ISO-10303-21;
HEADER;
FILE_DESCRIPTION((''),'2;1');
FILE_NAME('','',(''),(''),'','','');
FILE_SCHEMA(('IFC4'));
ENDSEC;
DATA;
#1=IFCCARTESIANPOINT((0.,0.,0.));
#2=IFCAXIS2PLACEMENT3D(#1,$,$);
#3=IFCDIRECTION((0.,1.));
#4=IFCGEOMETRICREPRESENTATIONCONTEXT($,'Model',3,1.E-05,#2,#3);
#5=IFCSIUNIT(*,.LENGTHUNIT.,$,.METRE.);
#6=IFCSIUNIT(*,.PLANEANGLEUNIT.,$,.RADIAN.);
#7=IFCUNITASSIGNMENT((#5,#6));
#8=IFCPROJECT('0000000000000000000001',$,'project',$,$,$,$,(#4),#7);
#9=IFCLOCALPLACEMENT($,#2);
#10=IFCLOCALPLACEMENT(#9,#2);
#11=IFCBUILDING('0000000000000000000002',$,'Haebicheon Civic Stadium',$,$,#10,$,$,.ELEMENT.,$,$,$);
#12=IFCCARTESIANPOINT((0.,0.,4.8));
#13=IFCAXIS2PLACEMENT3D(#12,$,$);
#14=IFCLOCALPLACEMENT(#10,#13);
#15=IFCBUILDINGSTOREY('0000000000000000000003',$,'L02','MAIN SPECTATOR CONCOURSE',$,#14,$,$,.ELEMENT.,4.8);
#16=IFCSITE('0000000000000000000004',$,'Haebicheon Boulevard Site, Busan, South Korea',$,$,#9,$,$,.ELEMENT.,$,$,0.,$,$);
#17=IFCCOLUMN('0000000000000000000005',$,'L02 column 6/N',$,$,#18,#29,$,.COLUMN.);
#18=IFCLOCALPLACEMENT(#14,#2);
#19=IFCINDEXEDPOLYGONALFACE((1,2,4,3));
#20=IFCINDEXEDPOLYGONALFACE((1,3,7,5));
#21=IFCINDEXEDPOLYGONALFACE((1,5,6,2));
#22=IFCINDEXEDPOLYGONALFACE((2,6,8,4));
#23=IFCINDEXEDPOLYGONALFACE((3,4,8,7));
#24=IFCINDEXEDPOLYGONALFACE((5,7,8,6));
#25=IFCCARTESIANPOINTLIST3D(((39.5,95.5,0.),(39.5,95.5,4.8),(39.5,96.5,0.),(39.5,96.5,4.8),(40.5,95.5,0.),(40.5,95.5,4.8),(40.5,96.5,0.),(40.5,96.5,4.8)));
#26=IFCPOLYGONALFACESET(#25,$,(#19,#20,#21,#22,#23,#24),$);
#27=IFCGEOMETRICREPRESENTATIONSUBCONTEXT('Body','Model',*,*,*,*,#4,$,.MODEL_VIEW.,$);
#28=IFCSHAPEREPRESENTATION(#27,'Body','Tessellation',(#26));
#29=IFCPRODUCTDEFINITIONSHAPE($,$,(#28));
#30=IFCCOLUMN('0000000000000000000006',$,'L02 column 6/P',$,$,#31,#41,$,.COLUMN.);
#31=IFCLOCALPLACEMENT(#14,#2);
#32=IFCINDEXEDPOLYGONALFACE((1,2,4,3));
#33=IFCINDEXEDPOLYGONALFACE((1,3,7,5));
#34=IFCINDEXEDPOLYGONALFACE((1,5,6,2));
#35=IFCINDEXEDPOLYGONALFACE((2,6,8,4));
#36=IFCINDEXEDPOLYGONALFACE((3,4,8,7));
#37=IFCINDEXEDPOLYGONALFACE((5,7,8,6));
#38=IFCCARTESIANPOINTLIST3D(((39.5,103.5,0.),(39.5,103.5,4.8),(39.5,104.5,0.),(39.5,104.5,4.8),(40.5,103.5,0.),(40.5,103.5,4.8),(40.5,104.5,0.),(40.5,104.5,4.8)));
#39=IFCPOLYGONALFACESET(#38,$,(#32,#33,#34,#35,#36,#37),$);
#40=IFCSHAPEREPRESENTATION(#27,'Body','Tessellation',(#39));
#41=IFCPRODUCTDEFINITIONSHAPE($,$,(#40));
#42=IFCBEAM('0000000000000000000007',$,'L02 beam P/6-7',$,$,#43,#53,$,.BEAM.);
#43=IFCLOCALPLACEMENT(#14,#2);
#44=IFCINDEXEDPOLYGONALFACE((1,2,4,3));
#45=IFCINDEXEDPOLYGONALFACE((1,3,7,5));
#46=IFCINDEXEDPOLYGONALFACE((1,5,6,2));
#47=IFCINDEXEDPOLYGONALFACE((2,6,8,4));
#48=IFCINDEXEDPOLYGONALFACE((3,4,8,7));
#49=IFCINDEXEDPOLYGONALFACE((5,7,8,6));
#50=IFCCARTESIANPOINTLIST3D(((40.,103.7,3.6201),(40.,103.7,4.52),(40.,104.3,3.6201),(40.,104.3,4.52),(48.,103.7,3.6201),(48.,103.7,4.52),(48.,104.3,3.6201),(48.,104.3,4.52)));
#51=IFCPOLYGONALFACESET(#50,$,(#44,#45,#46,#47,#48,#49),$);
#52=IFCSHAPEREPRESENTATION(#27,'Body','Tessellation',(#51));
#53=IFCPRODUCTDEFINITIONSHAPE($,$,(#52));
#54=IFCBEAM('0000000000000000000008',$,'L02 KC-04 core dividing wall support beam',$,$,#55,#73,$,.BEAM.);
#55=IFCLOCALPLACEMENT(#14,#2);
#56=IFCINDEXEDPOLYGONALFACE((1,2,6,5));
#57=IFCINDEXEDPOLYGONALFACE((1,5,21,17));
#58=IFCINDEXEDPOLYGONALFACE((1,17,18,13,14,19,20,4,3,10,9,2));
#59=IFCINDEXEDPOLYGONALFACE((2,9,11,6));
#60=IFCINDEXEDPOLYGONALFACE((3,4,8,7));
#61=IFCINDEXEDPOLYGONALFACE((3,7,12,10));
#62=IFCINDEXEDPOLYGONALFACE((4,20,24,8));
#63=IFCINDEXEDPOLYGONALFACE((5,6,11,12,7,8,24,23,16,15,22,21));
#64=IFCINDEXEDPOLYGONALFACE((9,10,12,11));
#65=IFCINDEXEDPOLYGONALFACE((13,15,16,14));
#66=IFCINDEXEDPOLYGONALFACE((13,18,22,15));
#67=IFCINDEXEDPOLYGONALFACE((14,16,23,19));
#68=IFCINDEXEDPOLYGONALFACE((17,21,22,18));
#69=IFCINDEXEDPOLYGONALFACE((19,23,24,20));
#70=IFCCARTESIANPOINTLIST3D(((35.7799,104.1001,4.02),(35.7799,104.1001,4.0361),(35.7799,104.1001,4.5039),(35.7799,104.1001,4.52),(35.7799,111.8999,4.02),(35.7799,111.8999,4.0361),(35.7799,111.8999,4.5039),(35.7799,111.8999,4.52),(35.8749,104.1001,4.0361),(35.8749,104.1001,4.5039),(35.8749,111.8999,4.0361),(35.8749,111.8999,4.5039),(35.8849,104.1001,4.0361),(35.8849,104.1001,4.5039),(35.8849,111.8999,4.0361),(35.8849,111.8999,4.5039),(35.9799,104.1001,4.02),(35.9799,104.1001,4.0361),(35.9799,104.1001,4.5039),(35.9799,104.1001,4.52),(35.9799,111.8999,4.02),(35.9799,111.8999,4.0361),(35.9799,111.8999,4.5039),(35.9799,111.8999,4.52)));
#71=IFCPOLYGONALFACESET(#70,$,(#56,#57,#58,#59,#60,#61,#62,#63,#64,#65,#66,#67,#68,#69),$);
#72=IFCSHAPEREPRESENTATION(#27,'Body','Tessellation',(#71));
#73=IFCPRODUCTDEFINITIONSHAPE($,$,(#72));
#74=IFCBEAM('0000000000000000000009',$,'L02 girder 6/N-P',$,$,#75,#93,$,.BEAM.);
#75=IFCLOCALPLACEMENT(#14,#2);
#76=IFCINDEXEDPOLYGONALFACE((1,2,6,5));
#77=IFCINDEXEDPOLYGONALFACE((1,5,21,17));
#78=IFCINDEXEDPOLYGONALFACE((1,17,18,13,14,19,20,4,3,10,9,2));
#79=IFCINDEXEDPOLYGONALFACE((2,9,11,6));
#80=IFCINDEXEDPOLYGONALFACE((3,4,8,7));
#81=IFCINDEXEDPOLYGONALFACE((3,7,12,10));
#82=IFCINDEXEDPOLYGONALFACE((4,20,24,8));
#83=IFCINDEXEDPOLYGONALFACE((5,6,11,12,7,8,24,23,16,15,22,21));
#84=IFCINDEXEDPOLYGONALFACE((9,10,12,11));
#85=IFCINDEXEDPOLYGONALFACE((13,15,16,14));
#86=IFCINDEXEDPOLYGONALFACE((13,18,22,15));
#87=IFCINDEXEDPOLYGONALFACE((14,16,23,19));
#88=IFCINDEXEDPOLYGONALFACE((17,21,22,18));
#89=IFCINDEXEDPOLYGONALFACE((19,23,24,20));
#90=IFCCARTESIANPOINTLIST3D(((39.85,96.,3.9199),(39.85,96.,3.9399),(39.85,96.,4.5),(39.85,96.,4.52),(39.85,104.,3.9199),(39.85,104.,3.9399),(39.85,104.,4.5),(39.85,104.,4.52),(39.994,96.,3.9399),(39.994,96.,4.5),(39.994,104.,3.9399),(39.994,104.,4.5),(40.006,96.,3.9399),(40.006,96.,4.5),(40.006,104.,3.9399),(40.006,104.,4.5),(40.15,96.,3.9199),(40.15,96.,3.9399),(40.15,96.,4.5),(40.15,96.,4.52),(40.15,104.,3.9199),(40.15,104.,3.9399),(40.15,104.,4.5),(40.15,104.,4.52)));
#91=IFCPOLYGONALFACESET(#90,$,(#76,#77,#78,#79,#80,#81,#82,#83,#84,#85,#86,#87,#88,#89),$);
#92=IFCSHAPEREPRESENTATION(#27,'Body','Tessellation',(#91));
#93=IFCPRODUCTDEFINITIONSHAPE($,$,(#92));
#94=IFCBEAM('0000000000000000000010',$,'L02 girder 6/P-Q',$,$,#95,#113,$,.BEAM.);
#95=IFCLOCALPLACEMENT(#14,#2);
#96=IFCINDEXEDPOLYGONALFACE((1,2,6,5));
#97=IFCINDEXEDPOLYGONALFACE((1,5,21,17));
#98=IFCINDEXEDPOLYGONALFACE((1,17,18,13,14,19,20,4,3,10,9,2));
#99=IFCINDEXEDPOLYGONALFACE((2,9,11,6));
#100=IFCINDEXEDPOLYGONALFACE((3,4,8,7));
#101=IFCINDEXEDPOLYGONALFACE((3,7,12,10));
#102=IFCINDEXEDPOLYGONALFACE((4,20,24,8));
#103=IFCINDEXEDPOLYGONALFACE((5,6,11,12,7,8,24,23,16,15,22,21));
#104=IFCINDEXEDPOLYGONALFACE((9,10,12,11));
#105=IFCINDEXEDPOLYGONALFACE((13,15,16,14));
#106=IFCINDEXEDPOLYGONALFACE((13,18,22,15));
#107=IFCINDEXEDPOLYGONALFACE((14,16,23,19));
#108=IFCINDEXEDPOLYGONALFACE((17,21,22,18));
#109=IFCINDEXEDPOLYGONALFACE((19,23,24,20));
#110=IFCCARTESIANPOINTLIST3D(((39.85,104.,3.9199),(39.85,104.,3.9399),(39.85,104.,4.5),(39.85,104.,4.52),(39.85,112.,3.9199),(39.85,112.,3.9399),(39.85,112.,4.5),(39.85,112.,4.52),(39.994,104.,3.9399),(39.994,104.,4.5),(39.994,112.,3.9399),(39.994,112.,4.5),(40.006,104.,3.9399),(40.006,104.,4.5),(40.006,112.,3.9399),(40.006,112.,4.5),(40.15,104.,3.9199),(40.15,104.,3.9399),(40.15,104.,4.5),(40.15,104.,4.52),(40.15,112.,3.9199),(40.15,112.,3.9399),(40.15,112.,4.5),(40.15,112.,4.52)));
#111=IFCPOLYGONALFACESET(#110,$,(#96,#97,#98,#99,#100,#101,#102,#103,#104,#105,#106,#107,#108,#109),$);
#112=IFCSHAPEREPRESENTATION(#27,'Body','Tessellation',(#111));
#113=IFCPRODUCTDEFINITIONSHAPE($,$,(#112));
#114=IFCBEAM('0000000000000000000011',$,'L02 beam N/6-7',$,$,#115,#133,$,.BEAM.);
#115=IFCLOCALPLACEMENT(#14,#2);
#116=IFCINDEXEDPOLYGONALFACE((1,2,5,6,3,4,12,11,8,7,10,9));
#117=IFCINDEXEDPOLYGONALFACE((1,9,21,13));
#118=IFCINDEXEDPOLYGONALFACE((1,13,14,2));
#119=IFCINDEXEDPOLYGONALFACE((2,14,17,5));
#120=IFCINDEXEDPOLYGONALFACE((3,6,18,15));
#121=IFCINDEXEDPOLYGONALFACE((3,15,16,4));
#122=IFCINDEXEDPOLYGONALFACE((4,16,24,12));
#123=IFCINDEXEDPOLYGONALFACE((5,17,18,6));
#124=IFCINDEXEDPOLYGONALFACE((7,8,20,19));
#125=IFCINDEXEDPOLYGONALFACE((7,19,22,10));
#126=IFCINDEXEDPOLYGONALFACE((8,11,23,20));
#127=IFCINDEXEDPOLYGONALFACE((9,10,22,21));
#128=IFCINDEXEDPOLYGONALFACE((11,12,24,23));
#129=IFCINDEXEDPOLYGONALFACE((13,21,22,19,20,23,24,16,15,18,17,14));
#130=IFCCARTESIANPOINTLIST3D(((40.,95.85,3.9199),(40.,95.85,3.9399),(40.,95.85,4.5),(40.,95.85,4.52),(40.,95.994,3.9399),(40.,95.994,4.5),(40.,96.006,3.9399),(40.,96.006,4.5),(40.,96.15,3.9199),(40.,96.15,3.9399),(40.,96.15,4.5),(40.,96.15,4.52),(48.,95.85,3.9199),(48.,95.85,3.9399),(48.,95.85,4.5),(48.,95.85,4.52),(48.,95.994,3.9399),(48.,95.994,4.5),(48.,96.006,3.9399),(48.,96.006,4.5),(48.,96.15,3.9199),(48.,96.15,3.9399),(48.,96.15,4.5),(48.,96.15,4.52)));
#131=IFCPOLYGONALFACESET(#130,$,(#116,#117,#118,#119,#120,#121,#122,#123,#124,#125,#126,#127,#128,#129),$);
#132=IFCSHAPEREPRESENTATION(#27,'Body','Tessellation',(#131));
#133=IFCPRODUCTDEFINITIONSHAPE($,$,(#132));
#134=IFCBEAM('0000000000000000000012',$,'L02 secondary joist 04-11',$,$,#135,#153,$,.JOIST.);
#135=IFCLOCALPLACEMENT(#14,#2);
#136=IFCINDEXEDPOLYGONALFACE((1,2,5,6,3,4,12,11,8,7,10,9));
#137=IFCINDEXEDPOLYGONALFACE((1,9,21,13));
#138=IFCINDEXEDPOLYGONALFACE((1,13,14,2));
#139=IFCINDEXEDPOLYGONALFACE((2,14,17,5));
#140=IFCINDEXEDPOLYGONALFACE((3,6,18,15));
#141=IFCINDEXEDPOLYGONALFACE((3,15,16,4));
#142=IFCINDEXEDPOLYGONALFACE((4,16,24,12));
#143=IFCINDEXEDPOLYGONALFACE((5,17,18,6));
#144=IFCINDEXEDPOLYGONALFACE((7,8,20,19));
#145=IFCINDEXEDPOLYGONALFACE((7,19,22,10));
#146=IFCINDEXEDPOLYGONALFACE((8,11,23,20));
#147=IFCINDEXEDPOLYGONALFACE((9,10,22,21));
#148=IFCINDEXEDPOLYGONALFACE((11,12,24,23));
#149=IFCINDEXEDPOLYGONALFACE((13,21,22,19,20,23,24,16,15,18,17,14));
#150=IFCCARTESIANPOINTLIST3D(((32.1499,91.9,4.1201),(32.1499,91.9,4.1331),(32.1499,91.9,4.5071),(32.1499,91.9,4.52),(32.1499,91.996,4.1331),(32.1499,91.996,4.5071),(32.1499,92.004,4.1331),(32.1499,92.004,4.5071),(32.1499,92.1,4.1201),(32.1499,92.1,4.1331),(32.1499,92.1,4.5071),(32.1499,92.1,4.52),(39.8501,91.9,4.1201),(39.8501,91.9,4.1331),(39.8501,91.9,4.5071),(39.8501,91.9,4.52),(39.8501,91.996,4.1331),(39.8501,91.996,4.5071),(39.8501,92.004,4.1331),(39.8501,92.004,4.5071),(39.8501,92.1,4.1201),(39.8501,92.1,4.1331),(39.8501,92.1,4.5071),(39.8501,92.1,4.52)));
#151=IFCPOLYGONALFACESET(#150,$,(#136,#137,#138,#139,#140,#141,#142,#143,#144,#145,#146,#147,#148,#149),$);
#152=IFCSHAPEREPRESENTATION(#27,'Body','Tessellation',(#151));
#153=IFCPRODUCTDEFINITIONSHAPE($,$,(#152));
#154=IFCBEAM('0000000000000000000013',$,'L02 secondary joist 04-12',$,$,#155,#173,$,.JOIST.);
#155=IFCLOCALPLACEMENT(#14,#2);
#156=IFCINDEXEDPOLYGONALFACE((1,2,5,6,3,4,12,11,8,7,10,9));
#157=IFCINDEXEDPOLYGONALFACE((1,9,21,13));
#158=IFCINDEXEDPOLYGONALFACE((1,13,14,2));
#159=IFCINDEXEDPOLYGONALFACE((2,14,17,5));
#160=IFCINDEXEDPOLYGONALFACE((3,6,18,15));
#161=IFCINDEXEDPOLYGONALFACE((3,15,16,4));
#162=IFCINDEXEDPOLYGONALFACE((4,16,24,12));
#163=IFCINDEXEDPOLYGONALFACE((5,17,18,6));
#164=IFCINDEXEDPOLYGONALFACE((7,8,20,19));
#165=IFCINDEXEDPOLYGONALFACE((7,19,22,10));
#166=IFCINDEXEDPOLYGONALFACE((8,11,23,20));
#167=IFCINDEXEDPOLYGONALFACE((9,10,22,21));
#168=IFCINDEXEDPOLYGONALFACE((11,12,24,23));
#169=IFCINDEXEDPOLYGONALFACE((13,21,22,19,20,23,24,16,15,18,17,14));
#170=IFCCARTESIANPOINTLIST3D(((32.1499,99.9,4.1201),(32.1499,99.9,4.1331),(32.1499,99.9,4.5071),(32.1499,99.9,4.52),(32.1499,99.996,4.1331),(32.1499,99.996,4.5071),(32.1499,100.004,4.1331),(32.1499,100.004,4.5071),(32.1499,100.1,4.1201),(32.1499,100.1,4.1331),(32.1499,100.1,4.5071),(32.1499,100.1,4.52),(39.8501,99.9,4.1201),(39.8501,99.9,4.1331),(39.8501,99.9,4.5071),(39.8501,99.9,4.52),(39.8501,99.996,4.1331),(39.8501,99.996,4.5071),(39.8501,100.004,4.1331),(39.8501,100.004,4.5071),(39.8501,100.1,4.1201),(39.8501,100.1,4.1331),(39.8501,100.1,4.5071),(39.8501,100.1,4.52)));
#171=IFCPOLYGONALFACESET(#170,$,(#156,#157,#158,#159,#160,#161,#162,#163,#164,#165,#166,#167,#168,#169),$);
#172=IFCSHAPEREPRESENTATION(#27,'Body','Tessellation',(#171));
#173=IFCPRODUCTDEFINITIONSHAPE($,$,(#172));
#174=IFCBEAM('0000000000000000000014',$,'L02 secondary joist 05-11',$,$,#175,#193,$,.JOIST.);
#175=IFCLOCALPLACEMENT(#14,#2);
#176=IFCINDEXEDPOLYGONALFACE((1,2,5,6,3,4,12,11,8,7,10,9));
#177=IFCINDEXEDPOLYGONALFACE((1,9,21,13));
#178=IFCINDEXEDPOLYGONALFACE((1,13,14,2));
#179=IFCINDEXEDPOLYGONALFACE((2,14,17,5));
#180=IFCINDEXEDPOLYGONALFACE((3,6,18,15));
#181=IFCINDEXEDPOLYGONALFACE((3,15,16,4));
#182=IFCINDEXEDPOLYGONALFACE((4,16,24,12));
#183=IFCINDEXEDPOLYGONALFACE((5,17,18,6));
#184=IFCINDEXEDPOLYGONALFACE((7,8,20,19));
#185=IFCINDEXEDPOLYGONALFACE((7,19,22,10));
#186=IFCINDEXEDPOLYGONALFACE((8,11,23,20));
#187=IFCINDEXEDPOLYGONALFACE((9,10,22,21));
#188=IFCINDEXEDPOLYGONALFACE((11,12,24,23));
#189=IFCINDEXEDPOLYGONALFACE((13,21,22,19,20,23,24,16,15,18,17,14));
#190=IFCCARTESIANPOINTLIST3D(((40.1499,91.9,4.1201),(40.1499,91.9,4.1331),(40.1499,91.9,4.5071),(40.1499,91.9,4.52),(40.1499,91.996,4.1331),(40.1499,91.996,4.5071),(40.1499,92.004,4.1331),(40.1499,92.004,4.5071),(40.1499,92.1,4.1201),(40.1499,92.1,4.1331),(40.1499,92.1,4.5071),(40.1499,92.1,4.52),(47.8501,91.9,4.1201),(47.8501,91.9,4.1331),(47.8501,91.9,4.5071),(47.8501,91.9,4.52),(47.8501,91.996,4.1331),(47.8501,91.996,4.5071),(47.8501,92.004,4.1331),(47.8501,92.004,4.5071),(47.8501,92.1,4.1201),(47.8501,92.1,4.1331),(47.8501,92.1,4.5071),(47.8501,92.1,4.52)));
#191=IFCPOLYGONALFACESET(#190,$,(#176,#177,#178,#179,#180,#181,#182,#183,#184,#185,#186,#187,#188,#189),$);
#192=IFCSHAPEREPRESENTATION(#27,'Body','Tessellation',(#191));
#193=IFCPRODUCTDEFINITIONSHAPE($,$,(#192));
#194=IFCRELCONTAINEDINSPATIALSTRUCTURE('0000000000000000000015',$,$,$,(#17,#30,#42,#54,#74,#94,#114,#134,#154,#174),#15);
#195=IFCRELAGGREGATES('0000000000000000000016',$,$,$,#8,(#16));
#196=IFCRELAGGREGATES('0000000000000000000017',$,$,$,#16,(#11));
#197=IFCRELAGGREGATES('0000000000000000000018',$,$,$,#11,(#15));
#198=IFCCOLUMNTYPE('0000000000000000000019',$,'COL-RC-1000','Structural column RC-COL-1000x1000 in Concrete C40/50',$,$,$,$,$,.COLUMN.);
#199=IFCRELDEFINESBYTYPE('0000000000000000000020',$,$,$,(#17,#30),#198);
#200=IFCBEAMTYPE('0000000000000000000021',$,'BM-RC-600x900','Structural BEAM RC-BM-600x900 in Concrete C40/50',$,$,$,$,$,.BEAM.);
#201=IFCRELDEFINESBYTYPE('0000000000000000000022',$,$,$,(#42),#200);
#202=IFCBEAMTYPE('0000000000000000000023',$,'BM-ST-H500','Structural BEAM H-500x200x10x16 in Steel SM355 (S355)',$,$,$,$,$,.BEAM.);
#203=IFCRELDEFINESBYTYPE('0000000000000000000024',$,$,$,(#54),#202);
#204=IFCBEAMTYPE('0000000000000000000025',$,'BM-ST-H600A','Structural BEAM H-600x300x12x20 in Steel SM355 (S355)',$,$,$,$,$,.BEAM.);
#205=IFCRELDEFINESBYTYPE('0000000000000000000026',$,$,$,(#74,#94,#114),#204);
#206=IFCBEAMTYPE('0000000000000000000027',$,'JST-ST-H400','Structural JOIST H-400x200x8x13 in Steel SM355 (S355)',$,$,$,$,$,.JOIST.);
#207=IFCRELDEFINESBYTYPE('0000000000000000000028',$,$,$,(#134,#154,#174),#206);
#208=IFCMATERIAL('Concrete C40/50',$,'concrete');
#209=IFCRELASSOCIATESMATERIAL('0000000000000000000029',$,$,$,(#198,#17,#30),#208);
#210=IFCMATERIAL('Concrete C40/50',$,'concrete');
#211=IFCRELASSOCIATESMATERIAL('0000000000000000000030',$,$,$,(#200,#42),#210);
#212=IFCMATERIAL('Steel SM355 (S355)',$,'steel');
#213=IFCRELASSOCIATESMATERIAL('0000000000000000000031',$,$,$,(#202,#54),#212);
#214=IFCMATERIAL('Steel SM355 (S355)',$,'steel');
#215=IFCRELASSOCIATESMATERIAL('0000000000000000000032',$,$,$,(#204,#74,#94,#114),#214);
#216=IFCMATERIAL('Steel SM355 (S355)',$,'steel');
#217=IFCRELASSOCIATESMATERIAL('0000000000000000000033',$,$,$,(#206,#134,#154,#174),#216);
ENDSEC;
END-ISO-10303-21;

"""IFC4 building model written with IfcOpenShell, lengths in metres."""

from ifc_helpers import new_model, si_unit, direction, frame, origin, origin_2d, place, context, subcontext, project, spatial, rectangle, i_section, extrude, material, material_profile, profile_set, type_object, element, save


model = new_model("IFC4")

# Units and contexts
model_context = context("Model", 3, precision=1e-05, world=origin(), true_north=direction((0.0, 1.0)))
body_context = subcontext(model_context, "Body", "Model", "MODEL_VIEW")
ifc_project = project(units=[si_unit("LENGTHUNIT", "METRE"), si_unit("PLANEANGLEUNIT", "RADIAN")], contexts=[model_context])

# Site, building, storey
site_placement = place(None, origin())
site = spatial("IfcSite", under=ifc_project, at=site_placement, Name="Haebicheon Boulevard Site, Busan, South Korea", CompositionType="ELEMENT", RefElevation=0.0)
building_placement = place(site_placement, origin())
building = spatial("IfcBuilding", under=site, at=building_placement, Name="Haebicheon Civic Stadium", CompositionType="ELEMENT")
storey_placement = place(building_placement, frame((0.0, 0.0, 4.8)))
storey = spatial("IfcBuildingStorey", under=building, at=storey_placement, Name="L02", Description="MAIN SPECTATOR CONCOURSE", CompositionType="ELEMENT", Elevation=4.8)

# Columns
ifc_material_1 = material(Name="Concrete C40/50", Category="concrete")
ifc_material_profile_1 = material_profile(ifc_material_1, rectangle(XDim=1.0, YDim=1.0, at=origin_2d()), Name="RC-COL-1000x1000")
ifc_profile_set_1 = profile_set([ifc_material_profile_1], Name="Concrete C40/50")
column_type = type_object("IfcColumnType", Name="COL-RC-1000", Description="Structural column RC-COL-1000x1000 in Concrete C40/50", PredefinedType="COLUMN", material=ifc_profile_set_1)
for number, where, z_axis, x_axis, name in (
    (1, (40.0, 96.0, 0.0), (0.0, 0.0, 1.0), (1.0, 0.0, 0.0), "L02 column 6/N"),
    (2, (40.0, 104.0, 0.0), (0.0, 0.0, 1.0), (1.0, 0.0, 0.0), "L02 column 6/P"),
):
    element("IfcColumn", number, at=place(storey_placement, frame(where, z_axis=z_axis, x_axis=x_axis)), inside=storey, type_object=column_type, material=ifc_profile_set_1, Name=name, PredefinedType="COLUMN", context=body_context, shape_type="SweptSolid", body=[
        extrude(rectangle(XDim=1.0, YDim=1.0, at=origin_2d()), origin(), (0.0, 0.0, 1.0), 4.8),
    ])

# Beams
ifc_material_2 = material(Name="Concrete C40/50", Category="concrete")
ifc_material_profile_2 = material_profile(ifc_material_2, rectangle(XDim=0.6001, YDim=0.8999, at=origin_2d()), Name="RC-BM-600x900")
ifc_profile_set_2 = profile_set([ifc_material_profile_2], Name="Concrete C40/50")
beam_type_1 = type_object("IfcBeamType", Name="BM-RC-600x900", Description="Structural BEAM RC-BM-600x900 in Concrete C40/50", PredefinedType="BEAM", material=ifc_profile_set_2)
beam_1_placement = place(storey_placement, frame((40.0, 104.0, 4.0701), z_axis=(1.0, 0.0, 0.0), x_axis=(0.0, 1.0, 0.0)))
element("IfcBeam", 3, at=beam_1_placement, inside=storey, type_object=beam_type_1, material=ifc_profile_set_2, Name="L02 beam P/6-7", PredefinedType="BEAM", context=body_context, shape_type="SweptSolid", body=[
    extrude(rectangle(XDim=0.6001, YDim=0.8999, at=origin_2d()), origin(), (0.0, 0.0, 1.0), 8.0),
])
ifc_material_3 = material(Name="Steel SM355 (S355)", Category="steel")
ifc_material_profile_3 = material_profile(ifc_material_3, i_section(OverallWidth=0.2, OverallDepth=0.5, WebThickness=0.01, FlangeThickness=0.0161, at=origin_2d()), Name="H-500x200x10x16")
ifc_profile_set_3 = profile_set([ifc_material_profile_3], Name="Steel SM355 (S355)")
beam_type_2 = type_object("IfcBeamType", Name="BM-ST-H500", Description="Structural BEAM H-500x200x10x16 in Steel SM355 (S355)", PredefinedType="BEAM", material=ifc_profile_set_3)
beam_2_placement = place(storey_placement, frame((35.8799, 104.1001, 4.27), z_axis=(0.0, 1.0, 0.0), x_axis=(-1.0, 0.0, 0.0)))
element("IfcBeam", 4, at=beam_2_placement, inside=storey, type_object=beam_type_2, material=ifc_profile_set_3, Name="L02 KC-04 core dividing wall support beam", PredefinedType="BEAM", context=body_context, shape_type="SweptSolid", body=[
    extrude(i_section(OverallWidth=0.2, OverallDepth=0.5, WebThickness=0.01, FlangeThickness=0.0161, at=origin_2d()), origin(), (0.0, 0.0, 1.0), 7.7998),
])
ifc_material_4 = material(Name="Steel SM355 (S355)", Category="steel")
ifc_material_profile_4 = material_profile(ifc_material_4, i_section(OverallWidth=0.3, OverallDepth=0.6001, WebThickness=0.012, FlangeThickness=0.02, at=origin_2d()), Name="H-600x300x12x20")
ifc_profile_set_4 = profile_set([ifc_material_profile_4], Name="Steel SM355 (S355)")
beam_type_3 = type_object("IfcBeamType", Name="BM-ST-H600A", Description="Structural BEAM H-600x300x12x20 in Steel SM355 (S355)", PredefinedType="BEAM", material=ifc_profile_set_4)
for number, where, z_axis, x_axis, name in (
    (5, (40.0, 96.0, 4.22), (0.0, 1.0, 0.0), (-1.0, 0.0, 0.0), "L02 girder 6/N-P"),
    (6, (40.0, 104.0, 4.22), (0.0, 1.0, 0.0), (-1.0, 0.0, 0.0), "L02 girder 6/P-Q"),
    (7, (40.0, 96.0, 4.22), (1.0, 0.0, 0.0), (0.0, 1.0, 0.0), "L02 beam N/6-7"),
):
    element("IfcBeam", number, at=place(storey_placement, frame(where, z_axis=z_axis, x_axis=x_axis)), inside=storey, type_object=beam_type_3, material=ifc_profile_set_4, Name=name, PredefinedType="BEAM", context=body_context, shape_type="SweptSolid", body=[
        extrude(i_section(OverallWidth=0.3, OverallDepth=0.6001, WebThickness=0.012, FlangeThickness=0.02, at=origin_2d()), origin(), (0.0, 0.0, 1.0), 8.0),
    ])
ifc_material_5 = material(Name="Steel SM355 (S355)", Category="steel")
ifc_material_profile_5 = material_profile(ifc_material_5, i_section(OverallWidth=0.2, OverallDepth=0.3999, WebThickness=0.0081, FlangeThickness=0.0129, at=origin_2d()), Name="H-400x200x8x13")
ifc_profile_set_5 = profile_set([ifc_material_profile_5], Name="Steel SM355 (S355)")
beam_type_4 = type_object("IfcBeamType", Name="JST-ST-H400", Description="Structural JOIST H-400x200x8x13 in Steel SM355 (S355)", PredefinedType="JOIST", material=ifc_profile_set_5)
for number, where, z_axis, x_axis, name in (
    (8, (32.1499, 92.0, 4.3201), (1.0, 0.0, 0.0), (0.0, 1.0, 0.0), "L02 secondary joist 04-11"),
    (9, (32.1499, 100.0, 4.3201), (1.0, 0.0, 0.0), (0.0, 1.0, 0.0), "L02 secondary joist 04-12"),
    (10, (40.1499, 92.0, 4.3201), (1.0, 0.0, 0.0), (0.0, 1.0, 0.0), "L02 secondary joist 05-11"),
):
    element("IfcBeam", number, at=place(storey_placement, frame(where, z_axis=z_axis, x_axis=x_axis)), inside=storey, type_object=beam_type_4, material=ifc_profile_set_5, Name=name, PredefinedType="JOIST", context=body_context, shape_type="SweptSolid", body=[
        extrude(i_section(OverallWidth=0.2, OverallDepth=0.3999, WebThickness=0.0081, FlangeThickness=0.0129, at=origin_2d()), origin(), (0.0, 0.0, 1.0), 7.7002),
    ])

save(model, "model.ifc")
